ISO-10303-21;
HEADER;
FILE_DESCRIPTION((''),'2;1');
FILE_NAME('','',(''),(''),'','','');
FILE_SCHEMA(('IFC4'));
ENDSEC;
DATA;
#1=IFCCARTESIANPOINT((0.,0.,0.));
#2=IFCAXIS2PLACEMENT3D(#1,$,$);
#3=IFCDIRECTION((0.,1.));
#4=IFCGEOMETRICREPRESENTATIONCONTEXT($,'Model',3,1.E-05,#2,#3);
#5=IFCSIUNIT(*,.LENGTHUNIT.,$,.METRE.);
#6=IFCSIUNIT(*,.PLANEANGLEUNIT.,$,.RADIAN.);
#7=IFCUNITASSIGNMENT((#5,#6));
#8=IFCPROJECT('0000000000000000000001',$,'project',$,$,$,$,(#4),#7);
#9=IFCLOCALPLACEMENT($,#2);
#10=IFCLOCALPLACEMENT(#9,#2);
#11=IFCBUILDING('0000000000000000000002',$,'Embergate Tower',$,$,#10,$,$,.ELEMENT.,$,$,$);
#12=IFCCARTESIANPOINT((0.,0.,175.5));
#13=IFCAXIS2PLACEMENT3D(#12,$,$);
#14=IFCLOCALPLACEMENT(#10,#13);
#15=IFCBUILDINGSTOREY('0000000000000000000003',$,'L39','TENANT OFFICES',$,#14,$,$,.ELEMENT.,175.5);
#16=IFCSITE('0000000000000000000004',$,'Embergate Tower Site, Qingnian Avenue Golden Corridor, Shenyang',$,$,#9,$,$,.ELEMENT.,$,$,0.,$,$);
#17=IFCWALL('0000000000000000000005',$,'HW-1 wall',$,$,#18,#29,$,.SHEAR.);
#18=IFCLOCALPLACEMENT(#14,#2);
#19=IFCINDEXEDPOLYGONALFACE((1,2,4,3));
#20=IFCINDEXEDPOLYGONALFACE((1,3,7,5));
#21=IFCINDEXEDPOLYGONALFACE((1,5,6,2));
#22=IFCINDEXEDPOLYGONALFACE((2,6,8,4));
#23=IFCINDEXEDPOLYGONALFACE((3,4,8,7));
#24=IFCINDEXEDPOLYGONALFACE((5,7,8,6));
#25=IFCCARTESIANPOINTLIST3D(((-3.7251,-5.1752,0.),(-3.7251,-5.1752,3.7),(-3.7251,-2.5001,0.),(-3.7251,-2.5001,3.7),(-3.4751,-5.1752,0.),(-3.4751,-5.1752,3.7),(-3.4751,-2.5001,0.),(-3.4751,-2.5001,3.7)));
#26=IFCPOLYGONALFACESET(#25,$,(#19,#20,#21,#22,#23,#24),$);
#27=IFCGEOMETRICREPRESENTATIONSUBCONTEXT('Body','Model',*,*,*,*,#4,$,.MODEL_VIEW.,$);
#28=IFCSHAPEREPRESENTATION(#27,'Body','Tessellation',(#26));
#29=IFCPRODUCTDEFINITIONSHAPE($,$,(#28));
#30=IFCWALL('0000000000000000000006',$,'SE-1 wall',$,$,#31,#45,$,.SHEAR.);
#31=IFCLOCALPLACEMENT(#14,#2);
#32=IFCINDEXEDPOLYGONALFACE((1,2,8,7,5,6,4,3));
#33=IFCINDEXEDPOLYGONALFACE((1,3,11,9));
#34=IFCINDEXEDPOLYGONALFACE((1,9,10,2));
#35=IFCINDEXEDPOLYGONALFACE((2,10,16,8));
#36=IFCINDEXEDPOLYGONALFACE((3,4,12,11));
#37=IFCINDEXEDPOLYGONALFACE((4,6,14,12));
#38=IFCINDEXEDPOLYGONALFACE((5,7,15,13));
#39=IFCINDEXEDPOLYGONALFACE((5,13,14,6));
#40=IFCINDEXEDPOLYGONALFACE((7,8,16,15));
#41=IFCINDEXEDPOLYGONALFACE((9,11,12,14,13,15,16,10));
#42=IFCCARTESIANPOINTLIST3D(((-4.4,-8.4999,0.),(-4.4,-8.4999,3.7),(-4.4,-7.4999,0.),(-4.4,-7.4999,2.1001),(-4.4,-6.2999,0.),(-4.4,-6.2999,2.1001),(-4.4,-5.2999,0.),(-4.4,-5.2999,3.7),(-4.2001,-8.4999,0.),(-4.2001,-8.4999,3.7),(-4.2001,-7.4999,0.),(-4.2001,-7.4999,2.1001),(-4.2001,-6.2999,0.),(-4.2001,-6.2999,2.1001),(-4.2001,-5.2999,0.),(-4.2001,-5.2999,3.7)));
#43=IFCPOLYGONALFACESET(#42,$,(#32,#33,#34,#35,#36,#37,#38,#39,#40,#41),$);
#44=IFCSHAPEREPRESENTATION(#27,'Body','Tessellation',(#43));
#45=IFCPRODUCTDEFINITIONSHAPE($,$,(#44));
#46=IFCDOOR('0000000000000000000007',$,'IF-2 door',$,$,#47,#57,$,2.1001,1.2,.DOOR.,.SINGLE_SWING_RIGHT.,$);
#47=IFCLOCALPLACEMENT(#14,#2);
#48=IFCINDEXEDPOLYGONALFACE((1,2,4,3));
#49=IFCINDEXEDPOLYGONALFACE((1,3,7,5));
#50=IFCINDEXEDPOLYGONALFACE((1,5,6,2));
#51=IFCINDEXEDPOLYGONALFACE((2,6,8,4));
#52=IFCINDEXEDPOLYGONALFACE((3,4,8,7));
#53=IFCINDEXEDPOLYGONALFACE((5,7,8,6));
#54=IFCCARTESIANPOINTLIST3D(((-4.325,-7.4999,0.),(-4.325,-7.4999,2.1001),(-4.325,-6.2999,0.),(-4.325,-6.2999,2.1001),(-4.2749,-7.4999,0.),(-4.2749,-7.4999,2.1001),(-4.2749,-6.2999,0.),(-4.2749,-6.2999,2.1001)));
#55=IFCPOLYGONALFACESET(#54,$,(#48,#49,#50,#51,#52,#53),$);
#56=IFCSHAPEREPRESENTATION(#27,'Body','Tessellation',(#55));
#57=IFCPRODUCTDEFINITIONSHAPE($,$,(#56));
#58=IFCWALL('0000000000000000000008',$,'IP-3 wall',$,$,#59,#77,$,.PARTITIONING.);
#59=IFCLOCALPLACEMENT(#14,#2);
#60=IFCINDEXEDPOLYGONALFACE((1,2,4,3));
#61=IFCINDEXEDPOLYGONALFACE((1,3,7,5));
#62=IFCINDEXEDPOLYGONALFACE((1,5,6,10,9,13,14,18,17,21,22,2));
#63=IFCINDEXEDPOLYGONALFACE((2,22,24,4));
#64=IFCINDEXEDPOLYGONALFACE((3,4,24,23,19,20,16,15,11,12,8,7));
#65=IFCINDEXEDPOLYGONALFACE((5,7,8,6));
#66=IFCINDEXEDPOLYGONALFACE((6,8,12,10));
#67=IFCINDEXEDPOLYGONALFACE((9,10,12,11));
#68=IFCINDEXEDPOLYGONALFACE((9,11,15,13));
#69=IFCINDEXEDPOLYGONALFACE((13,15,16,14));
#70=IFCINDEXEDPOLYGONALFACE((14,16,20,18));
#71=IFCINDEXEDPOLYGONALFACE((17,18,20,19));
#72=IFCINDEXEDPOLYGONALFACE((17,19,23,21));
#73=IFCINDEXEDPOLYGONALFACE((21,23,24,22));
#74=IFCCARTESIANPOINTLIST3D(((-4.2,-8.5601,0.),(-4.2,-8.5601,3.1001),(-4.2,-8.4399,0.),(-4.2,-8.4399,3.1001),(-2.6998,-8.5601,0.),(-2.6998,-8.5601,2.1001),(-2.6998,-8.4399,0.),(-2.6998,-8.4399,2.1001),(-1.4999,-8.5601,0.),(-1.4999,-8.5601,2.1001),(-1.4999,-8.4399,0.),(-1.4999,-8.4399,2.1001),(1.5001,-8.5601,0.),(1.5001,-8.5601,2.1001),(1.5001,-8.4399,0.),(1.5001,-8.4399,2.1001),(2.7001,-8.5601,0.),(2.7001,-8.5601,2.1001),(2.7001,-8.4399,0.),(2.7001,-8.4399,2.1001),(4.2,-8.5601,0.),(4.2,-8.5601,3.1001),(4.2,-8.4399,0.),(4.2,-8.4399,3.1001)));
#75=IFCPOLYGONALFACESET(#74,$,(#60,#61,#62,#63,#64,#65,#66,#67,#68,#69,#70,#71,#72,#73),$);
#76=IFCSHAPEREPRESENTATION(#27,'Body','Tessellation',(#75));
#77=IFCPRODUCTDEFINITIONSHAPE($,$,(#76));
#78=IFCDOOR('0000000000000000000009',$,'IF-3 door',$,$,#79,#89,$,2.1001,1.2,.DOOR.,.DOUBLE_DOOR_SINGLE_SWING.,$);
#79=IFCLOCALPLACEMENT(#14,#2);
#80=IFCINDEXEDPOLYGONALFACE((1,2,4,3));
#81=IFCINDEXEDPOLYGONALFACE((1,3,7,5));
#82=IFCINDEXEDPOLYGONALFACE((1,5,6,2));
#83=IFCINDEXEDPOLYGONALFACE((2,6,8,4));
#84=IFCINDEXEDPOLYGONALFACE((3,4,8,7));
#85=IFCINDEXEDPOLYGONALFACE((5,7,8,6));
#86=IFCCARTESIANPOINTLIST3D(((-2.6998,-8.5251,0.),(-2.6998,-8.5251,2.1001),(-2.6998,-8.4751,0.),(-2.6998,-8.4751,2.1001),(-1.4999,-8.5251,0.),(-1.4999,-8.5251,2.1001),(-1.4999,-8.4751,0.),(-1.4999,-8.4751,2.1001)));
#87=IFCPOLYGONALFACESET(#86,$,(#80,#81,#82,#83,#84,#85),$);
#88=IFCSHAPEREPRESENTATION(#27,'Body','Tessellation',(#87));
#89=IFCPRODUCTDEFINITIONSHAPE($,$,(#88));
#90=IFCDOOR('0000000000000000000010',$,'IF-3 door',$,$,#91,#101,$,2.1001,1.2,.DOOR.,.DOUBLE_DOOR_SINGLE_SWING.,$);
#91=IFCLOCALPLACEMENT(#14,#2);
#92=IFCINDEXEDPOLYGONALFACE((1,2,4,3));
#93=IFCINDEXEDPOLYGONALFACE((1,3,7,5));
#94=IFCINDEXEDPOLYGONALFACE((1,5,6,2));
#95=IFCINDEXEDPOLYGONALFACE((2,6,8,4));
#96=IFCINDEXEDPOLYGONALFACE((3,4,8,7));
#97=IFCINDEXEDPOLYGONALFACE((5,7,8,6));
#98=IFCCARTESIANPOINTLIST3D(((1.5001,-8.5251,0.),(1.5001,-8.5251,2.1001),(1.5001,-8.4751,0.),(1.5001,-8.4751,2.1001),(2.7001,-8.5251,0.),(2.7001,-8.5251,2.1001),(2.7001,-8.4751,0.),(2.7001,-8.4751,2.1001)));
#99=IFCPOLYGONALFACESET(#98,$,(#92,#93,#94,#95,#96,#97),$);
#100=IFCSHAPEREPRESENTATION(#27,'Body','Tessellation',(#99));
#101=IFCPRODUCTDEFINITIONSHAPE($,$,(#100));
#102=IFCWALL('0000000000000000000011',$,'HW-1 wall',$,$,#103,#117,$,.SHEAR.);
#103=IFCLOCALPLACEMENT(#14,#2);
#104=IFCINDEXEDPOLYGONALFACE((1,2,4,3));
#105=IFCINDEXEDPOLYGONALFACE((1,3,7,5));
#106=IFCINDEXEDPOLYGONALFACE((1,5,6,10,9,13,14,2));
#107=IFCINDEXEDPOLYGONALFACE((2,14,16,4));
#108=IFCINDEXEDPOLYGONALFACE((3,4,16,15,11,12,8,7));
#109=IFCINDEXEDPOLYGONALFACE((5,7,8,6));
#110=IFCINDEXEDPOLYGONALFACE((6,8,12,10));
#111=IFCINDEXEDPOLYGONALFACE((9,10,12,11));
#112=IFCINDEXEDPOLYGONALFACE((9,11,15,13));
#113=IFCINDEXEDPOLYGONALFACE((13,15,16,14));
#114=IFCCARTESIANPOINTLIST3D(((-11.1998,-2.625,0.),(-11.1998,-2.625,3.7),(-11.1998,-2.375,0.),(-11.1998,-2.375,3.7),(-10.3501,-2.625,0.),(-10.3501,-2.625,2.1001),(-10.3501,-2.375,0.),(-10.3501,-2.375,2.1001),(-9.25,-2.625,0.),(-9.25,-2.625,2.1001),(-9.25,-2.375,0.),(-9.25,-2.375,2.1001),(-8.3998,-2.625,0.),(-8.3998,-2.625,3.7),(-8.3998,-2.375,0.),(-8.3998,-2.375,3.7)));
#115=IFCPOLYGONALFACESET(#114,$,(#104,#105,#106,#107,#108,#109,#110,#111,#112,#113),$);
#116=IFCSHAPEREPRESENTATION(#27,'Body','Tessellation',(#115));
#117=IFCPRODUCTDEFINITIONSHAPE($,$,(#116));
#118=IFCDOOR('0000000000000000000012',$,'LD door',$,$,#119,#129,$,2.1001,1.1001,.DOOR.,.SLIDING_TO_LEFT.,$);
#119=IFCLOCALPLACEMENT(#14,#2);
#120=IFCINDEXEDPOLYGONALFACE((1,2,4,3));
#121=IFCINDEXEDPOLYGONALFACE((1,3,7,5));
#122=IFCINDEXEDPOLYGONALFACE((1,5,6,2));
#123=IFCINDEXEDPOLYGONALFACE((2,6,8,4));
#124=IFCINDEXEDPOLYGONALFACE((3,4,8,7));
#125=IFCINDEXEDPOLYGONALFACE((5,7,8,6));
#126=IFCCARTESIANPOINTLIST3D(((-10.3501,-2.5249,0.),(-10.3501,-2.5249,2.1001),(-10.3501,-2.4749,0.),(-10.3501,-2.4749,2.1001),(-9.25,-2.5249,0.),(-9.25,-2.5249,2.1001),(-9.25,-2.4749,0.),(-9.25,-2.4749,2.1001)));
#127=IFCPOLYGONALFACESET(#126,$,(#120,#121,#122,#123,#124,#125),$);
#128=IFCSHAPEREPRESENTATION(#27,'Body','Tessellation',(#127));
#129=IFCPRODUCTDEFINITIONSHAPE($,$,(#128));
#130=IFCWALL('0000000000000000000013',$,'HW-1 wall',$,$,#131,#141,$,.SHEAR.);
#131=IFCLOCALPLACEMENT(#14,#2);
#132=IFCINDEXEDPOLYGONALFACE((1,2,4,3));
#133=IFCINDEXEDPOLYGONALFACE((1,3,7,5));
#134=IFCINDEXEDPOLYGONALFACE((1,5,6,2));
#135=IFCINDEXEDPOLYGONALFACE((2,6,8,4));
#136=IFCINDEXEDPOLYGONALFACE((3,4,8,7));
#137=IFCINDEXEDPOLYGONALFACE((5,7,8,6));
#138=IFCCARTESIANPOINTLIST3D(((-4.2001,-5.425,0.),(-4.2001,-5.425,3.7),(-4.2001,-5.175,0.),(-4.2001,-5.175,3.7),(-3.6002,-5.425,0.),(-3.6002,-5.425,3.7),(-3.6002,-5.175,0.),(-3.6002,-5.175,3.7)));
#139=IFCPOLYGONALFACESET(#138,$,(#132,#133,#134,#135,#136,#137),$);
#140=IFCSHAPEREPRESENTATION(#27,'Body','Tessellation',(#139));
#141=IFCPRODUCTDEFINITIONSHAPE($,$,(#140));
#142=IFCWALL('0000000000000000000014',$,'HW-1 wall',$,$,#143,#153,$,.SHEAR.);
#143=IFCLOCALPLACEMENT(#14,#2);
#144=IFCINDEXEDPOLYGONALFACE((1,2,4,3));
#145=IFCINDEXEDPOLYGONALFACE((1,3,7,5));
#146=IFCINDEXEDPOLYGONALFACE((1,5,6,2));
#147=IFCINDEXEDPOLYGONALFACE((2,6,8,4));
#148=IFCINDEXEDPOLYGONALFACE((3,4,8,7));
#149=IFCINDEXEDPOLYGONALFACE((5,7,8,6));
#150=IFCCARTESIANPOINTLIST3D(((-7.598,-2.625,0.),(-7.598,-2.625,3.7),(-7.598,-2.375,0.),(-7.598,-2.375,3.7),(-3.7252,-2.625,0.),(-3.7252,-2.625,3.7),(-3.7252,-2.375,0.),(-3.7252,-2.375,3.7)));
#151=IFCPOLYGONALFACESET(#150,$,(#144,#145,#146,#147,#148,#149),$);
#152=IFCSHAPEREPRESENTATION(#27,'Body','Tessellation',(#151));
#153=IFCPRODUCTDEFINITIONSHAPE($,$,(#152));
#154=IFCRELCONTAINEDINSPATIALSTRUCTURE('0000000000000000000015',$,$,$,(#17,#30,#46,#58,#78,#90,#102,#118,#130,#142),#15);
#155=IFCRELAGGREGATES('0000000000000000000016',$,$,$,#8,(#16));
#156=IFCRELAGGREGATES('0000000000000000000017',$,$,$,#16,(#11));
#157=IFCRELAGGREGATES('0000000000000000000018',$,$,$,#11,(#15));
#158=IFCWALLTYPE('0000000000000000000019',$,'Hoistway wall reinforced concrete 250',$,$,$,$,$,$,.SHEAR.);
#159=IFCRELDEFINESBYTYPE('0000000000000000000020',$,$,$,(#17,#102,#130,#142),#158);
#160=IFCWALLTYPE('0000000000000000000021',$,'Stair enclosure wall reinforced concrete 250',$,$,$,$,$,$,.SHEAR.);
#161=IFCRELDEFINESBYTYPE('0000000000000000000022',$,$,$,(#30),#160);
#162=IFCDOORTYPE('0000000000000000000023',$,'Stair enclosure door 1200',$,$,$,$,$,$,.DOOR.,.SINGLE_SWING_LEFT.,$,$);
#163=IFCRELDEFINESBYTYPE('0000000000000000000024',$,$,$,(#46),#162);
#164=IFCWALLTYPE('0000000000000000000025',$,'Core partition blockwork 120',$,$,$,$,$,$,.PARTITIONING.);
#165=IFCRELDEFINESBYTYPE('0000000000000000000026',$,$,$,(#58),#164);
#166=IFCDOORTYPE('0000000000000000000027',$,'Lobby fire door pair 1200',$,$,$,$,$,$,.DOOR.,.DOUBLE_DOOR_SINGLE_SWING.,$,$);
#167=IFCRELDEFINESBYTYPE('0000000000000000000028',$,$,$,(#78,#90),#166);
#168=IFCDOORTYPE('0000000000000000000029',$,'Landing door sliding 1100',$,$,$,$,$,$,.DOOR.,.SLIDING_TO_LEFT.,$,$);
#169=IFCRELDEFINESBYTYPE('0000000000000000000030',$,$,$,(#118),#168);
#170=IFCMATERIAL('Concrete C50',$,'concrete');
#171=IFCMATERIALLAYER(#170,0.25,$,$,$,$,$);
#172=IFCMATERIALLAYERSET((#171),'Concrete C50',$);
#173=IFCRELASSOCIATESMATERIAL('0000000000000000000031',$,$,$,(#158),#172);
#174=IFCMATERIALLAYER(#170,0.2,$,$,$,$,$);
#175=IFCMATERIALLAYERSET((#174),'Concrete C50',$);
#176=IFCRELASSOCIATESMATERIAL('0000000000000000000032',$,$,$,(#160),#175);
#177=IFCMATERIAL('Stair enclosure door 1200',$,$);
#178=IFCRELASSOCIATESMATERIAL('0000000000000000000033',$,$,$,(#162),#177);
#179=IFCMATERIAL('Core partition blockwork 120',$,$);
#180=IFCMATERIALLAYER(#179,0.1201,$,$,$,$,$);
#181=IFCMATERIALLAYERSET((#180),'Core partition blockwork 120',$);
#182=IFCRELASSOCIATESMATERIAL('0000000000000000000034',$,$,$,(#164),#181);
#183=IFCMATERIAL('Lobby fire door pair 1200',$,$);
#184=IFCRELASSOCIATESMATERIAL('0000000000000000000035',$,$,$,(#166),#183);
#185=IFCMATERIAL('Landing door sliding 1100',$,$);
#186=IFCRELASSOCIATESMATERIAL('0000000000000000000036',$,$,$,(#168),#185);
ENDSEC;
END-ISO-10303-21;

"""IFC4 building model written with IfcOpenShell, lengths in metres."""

from ifc_helpers import new_model, si_unit, direction, frame, frame_2d, origin, place, context, subcontext, project, spatial, rectangle, extrude, source, transform, mapped, material, layer, layer_set, type_object, element, fill, save


model = new_model("IFC4")

# Units and contexts
model_context = context("Model", 3, precision=1e-05, world=origin(), true_north=direction((0.0, 1.0)))
body_context = subcontext(model_context, "Body", "Model", "MODEL_VIEW")
ifc_project = project(units=[si_unit("LENGTHUNIT", "METRE"), si_unit("PLANEANGLEUNIT", "RADIAN")], contexts=[model_context])

# Site, building, storey
site_placement = place(None, origin())
site = spatial("IfcSite", under=ifc_project, at=site_placement, Name="Embergate Tower Site, Qingnian Avenue Golden Corridor, Shenyang", CompositionType="ELEMENT", RefElevation=0.0)
building_placement = place(site_placement, origin())
building = spatial("IfcBuilding", under=site, at=building_placement, Name="Embergate Tower", CompositionType="ELEMENT")
storey_placement = place(building_placement, frame((0.0, 0.0, 175.5)))
storey = spatial("IfcBuildingStorey", under=building, at=storey_placement, Name="L39", Description="TENANT OFFICES", CompositionType="ELEMENT", Elevation=175.5)

# Wall
ifc_material_1 = material(Name="Concrete C50", Category="concrete")
ifc_layer_1 = layer(ifc_material_1, 0.25)
ifc_layer_set_1 = layer_set([ifc_layer_1], Name="Concrete C50")
wall_type_1 = type_object("IfcWallType", Name="Hoistway wall reinforced concrete 250", PredefinedType="SHEAR", material=ifc_layer_set_1)
shared_shape_1 = source(origin(), body_context, "Body", "SweptSolid", [
    extrude(rectangle(XDim=2.675, YDim=0.25, at=frame_2d((1.3374, 0.0))), origin(), (0.0, 0.0, 1.0), 3.7),
])
wall_1_placement = place(storey_placement, frame((-3.6001, -5.175, 0.0), z_axis=(0.0, 0.0, 1.0), x_axis=(0.0, 1.0, 0.0)))
element("IfcWall", 1, at=wall_1_placement, inside=storey, type_object=wall_type_1, Name="HW-1 wall", PredefinedType="SHEAR", context=body_context, shape_type="MappedRepresentation", body=[
    mapped(shared_shape_1, transform((0.0, 0.0, 0.0))),
])

# Wall, opening, door
ifc_layer_2 = layer(ifc_material_1, 0.2)
ifc_layer_set_2 = layer_set([ifc_layer_2], Name="Concrete C50")
wall_type_2 = type_object("IfcWallType", Name="Stair enclosure wall reinforced concrete 250", PredefinedType="SHEAR", material=ifc_layer_set_2)
shared_shape_2 = source(origin(), body_context, "Body", "SweptSolid", [
    extrude(rectangle(XDim=3.2, YDim=0.2, at=frame_2d((1.6001, 0.0))), origin(), (0.0, 0.0, 1.0), 3.7),
])
wall_2_placement = place(storey_placement, frame((-4.3, -8.5, 0.0), z_axis=(0.0, 0.0, 1.0), x_axis=(0.0, 1.0, 0.0)))
wall_2 = element("IfcWall", 2, at=wall_2_placement, inside=storey, type_object=wall_type_2, Name="SE-1 wall", PredefinedType="SHEAR", context=body_context, shape_type="MappedRepresentation", body=[
    mapped(shared_shape_2, transform((0.0, 0.0, 0.0))),
])
shared_shape_3 = source(origin(), body_context, "Body", "SweptSolid", [
    extrude(rectangle(XDim=1.2, YDim=2.1001, at=frame_2d((0.6001, 1.05))), frame((0.0, 0.1099, 0.0), z_axis=(0.0, -1.0, 0.0), x_axis=(1.0, 0.0, 0.0)), (0.0, 0.0, 1.0), 0.22),
])
opening_1_placement = place(wall_2_placement, frame((1.0, 0.0, 0.0)))
opening_1 = element("IfcOpeningElement", 3, at=opening_1_placement, cuts=wall_2, PredefinedType="OPENING", context=body_context, shape_type="MappedRepresentation", body=[
    mapped(shared_shape_3, transform((0.0, 0.0, 0.0))),
])
ifc_material_2 = material(Name="Stair enclosure door 1200")
door_type_1 = type_object("IfcDoorType", Name="Stair enclosure door 1200", OperationType="SINGLE_SWING_LEFT", PredefinedType="DOOR", material=ifc_material_2)
shared_shape_4 = source(origin(), body_context, "Body", "SweptSolid", [
    extrude(rectangle(XDim=1.2, YDim=2.1001, at=frame_2d((0.6001, 1.05))), frame((0.0, 0.0249, 0.0), z_axis=(0.0, -1.0, 0.0), x_axis=(1.0, 0.0, 0.0)), (0.0, 0.0, 1.0), 0.05),
])
door_1_placement = place(opening_1_placement, origin())
door_1 = element("IfcDoor", 4, at=door_1_placement, inside=storey, type_object=door_type_1, Name="IF-2 door", OperationType="SINGLE_SWING_RIGHT", OverallHeight=2.1001, OverallWidth=1.2, PredefinedType="DOOR", context=body_context, shape_type="MappedRepresentation", body=[
    mapped(shared_shape_4, transform((0.0, 0.0, 0.0))),
])
fill(opening_1, door_1)

# Wall, openings, doors
ifc_material_3 = material(Name="Core partition blockwork 120")
ifc_layer_3 = layer(ifc_material_3, 0.1201)
ifc_layer_set_3 = layer_set([ifc_layer_3], Name="Core partition blockwork 120")
wall_type_3 = type_object("IfcWallType", Name="Core partition blockwork 120", PredefinedType="PARTITIONING", material=ifc_layer_set_3)
shared_shape_5 = source(origin(), body_context, "Body", "SweptSolid", [
    extrude(rectangle(XDim=8.3999, YDim=0.1201, at=frame_2d((4.2, 0.0))), origin(), (0.0, 0.0, 1.0), 3.1001),
])
wall_3_placement = place(storey_placement, frame((-4.2, -8.5, 0.0), z_axis=(0.0, 0.0, 1.0), x_axis=(1.0, 0.0, 0.0)))
wall_3 = element("IfcWall", 5, at=wall_3_placement, inside=storey, type_object=wall_type_3, Name="IP-3 wall", PredefinedType="PARTITIONING", context=body_context, shape_type="MappedRepresentation", body=[
    mapped(shared_shape_5, transform((0.0, 0.0, 0.0))),
])
shared_shape_6 = source(origin(), body_context, "Body", "SweptSolid", [
    extrude(rectangle(XDim=1.2, YDim=2.1001, at=frame_2d((0.6001, 1.05))), frame((0.0, 0.0701, 0.0), z_axis=(0.0, -1.0, 0.0), x_axis=(1.0, 0.0, 0.0)), (0.0, 0.0, 1.0), 0.1401),
])
opening_2_placement = place(wall_3_placement, frame((1.5, 0.0, 0.0)))
opening_2 = element("IfcOpeningElement", 6, at=opening_2_placement, cuts=wall_3, PredefinedType="OPENING", context=body_context, shape_type="MappedRepresentation", body=[
    mapped(shared_shape_6, transform((0.0, 0.0, 0.0))),
])
opening_3_placement = place(wall_3_placement, frame((5.7, 0.0, 0.0)))
opening_3 = element("IfcOpeningElement", 7, at=opening_3_placement, cuts=wall_3, PredefinedType="OPENING", context=body_context, shape_type="MappedRepresentation", body=[
    mapped(shared_shape_6, transform((0.0, 0.0, 0.0))),
])
ifc_material_4 = material(Name="Lobby fire door pair 1200")
door_type_2 = type_object("IfcDoorType", Name="Lobby fire door pair 1200", OperationType="DOUBLE_DOOR_SINGLE_SWING", PredefinedType="DOOR", material=ifc_material_4)
door_2_placement = place(opening_2_placement, origin())
door_2 = element("IfcDoor", 8, at=door_2_placement, inside=storey, type_object=door_type_2, Name="IF-3 door", OperationType="DOUBLE_DOOR_SINGLE_SWING", OverallHeight=2.1001, OverallWidth=1.2, PredefinedType="DOOR", context=body_context, shape_type="MappedRepresentation", body=[
    mapped(shared_shape_4, transform((0.0, 0.0, 0.0))),
])
fill(opening_2, door_2)
door_3_placement = place(opening_3_placement, origin())
door_3 = element("IfcDoor", 9, at=door_3_placement, inside=storey, type_object=door_type_2, Name="IF-3 door", OperationType="DOUBLE_DOOR_SINGLE_SWING", OverallHeight=2.1001, OverallWidth=1.2, PredefinedType="DOOR", context=body_context, shape_type="MappedRepresentation", body=[
    mapped(shared_shape_4, transform((0.0, 0.0, 0.0))),
])
fill(opening_3, door_3)

# Wall, opening, door
shared_shape_7 = source(origin(), body_context, "Body", "SweptSolid", [
    extrude(rectangle(XDim=2.8, YDim=0.25, at=frame_2d((1.3999, 0.0))), origin(), (0.0, 0.0, 1.0), 3.7),
])
wall_4_placement = place(storey_placement, frame((-8.3999, -2.5, 0.0), z_axis=(0.0, 0.0, 1.0), x_axis=(-1.0, 0.0, 0.0)))
wall_4 = element("IfcWall", 10, at=wall_4_placement, inside=storey, type_object=wall_type_1, Name="HW-1 wall", PredefinedType="SHEAR", context=body_context, shape_type="MappedRepresentation", body=[
    mapped(shared_shape_7, transform((0.0, 0.0, 0.0))),
])
shared_shape_8 = source(origin(), body_context, "Body", "SweptSolid", [
    extrude(rectangle(XDim=1.1001, YDim=2.1001, at=frame_2d((0.55, 1.05))), frame((0.0, 0.135, 0.0), z_axis=(0.0, -1.0, 0.0), x_axis=(1.0, 0.0, 0.0)), (0.0, 0.0, 1.0), 0.27),
])
opening_4_placement = place(wall_4_placement, frame((0.8501, 0.0, 0.0)))
opening_4 = element("IfcOpeningElement", 11, at=opening_4_placement, cuts=wall_4, PredefinedType="OPENING", context=body_context, shape_type="MappedRepresentation", body=[
    mapped(shared_shape_8, transform((0.0, 0.0, 0.0))),
])
ifc_material_5 = material(Name="Landing door sliding 1100")
door_type_3 = type_object("IfcDoorType", Name="Landing door sliding 1100", OperationType="SLIDING_TO_LEFT", PredefinedType="DOOR", material=ifc_material_5)
shared_shape_9 = source(origin(), body_context, "Body", "SweptSolid", [
    extrude(rectangle(XDim=1.1001, YDim=2.1001, at=frame_2d((0.55, 1.05))), frame((0.0, 0.0249, 0.0), z_axis=(0.0, -1.0, 0.0), x_axis=(1.0, 0.0, 0.0)), (0.0, 0.0, 1.0), 0.05),
])
door_4_placement = place(opening_4_placement, origin())
door_4 = element("IfcDoor", 12, at=door_4_placement, inside=storey, type_object=door_type_3, Name="LD door", OperationType="SLIDING_TO_LEFT", OverallHeight=2.1001, OverallWidth=1.1001, PredefinedType="DOOR", context=body_context, shape_type="MappedRepresentation", body=[
    mapped(shared_shape_9, transform((0.0, 0.0, 0.0))),
])
fill(opening_4, door_4)

# Walls
shared_shape_10 = source(origin(), body_context, "Body", "SweptSolid", [
    extrude(rectangle(XDim=0.5999, YDim=0.25, at=frame_2d((0.2998, 0.0))), origin(), (0.0, 0.0, 1.0), 3.7),
])
wall_5_placement = place(storey_placement, frame((-4.2, -5.3, 0.0), z_axis=(0.0, 0.0, 1.0), x_axis=(1.0, 0.0, 0.0)))
element("IfcWall", 13, at=wall_5_placement, inside=storey, type_object=wall_type_1, Name="HW-1 wall", PredefinedType="SHEAR", context=body_context, shape_type="MappedRepresentation", body=[
    mapped(shared_shape_10, transform((0.0, 0.0, 0.0))),
])
shared_shape_11 = source(origin(), body_context, "Body", "SweptSolid", [
    extrude(rectangle(XDim=3.8728, YDim=0.25, at=frame_2d((1.9365, 0.0))), origin(), (0.0, 0.0, 1.0), 3.7),
])
wall_6_placement = place(storey_placement, frame((-3.7251, -2.5, 0.0), z_axis=(0.0, 0.0, 1.0), x_axis=(-1.0, 0.0, 0.0)))
element("IfcWall", 14, at=wall_6_placement, inside=storey, type_object=wall_type_1, Name="HW-1 wall", PredefinedType="SHEAR", context=body_context, shape_type="MappedRepresentation", body=[
    mapped(shared_shape_11, transform((0.0, 0.0, 0.0))),
])

save(model, "model.ifc")
